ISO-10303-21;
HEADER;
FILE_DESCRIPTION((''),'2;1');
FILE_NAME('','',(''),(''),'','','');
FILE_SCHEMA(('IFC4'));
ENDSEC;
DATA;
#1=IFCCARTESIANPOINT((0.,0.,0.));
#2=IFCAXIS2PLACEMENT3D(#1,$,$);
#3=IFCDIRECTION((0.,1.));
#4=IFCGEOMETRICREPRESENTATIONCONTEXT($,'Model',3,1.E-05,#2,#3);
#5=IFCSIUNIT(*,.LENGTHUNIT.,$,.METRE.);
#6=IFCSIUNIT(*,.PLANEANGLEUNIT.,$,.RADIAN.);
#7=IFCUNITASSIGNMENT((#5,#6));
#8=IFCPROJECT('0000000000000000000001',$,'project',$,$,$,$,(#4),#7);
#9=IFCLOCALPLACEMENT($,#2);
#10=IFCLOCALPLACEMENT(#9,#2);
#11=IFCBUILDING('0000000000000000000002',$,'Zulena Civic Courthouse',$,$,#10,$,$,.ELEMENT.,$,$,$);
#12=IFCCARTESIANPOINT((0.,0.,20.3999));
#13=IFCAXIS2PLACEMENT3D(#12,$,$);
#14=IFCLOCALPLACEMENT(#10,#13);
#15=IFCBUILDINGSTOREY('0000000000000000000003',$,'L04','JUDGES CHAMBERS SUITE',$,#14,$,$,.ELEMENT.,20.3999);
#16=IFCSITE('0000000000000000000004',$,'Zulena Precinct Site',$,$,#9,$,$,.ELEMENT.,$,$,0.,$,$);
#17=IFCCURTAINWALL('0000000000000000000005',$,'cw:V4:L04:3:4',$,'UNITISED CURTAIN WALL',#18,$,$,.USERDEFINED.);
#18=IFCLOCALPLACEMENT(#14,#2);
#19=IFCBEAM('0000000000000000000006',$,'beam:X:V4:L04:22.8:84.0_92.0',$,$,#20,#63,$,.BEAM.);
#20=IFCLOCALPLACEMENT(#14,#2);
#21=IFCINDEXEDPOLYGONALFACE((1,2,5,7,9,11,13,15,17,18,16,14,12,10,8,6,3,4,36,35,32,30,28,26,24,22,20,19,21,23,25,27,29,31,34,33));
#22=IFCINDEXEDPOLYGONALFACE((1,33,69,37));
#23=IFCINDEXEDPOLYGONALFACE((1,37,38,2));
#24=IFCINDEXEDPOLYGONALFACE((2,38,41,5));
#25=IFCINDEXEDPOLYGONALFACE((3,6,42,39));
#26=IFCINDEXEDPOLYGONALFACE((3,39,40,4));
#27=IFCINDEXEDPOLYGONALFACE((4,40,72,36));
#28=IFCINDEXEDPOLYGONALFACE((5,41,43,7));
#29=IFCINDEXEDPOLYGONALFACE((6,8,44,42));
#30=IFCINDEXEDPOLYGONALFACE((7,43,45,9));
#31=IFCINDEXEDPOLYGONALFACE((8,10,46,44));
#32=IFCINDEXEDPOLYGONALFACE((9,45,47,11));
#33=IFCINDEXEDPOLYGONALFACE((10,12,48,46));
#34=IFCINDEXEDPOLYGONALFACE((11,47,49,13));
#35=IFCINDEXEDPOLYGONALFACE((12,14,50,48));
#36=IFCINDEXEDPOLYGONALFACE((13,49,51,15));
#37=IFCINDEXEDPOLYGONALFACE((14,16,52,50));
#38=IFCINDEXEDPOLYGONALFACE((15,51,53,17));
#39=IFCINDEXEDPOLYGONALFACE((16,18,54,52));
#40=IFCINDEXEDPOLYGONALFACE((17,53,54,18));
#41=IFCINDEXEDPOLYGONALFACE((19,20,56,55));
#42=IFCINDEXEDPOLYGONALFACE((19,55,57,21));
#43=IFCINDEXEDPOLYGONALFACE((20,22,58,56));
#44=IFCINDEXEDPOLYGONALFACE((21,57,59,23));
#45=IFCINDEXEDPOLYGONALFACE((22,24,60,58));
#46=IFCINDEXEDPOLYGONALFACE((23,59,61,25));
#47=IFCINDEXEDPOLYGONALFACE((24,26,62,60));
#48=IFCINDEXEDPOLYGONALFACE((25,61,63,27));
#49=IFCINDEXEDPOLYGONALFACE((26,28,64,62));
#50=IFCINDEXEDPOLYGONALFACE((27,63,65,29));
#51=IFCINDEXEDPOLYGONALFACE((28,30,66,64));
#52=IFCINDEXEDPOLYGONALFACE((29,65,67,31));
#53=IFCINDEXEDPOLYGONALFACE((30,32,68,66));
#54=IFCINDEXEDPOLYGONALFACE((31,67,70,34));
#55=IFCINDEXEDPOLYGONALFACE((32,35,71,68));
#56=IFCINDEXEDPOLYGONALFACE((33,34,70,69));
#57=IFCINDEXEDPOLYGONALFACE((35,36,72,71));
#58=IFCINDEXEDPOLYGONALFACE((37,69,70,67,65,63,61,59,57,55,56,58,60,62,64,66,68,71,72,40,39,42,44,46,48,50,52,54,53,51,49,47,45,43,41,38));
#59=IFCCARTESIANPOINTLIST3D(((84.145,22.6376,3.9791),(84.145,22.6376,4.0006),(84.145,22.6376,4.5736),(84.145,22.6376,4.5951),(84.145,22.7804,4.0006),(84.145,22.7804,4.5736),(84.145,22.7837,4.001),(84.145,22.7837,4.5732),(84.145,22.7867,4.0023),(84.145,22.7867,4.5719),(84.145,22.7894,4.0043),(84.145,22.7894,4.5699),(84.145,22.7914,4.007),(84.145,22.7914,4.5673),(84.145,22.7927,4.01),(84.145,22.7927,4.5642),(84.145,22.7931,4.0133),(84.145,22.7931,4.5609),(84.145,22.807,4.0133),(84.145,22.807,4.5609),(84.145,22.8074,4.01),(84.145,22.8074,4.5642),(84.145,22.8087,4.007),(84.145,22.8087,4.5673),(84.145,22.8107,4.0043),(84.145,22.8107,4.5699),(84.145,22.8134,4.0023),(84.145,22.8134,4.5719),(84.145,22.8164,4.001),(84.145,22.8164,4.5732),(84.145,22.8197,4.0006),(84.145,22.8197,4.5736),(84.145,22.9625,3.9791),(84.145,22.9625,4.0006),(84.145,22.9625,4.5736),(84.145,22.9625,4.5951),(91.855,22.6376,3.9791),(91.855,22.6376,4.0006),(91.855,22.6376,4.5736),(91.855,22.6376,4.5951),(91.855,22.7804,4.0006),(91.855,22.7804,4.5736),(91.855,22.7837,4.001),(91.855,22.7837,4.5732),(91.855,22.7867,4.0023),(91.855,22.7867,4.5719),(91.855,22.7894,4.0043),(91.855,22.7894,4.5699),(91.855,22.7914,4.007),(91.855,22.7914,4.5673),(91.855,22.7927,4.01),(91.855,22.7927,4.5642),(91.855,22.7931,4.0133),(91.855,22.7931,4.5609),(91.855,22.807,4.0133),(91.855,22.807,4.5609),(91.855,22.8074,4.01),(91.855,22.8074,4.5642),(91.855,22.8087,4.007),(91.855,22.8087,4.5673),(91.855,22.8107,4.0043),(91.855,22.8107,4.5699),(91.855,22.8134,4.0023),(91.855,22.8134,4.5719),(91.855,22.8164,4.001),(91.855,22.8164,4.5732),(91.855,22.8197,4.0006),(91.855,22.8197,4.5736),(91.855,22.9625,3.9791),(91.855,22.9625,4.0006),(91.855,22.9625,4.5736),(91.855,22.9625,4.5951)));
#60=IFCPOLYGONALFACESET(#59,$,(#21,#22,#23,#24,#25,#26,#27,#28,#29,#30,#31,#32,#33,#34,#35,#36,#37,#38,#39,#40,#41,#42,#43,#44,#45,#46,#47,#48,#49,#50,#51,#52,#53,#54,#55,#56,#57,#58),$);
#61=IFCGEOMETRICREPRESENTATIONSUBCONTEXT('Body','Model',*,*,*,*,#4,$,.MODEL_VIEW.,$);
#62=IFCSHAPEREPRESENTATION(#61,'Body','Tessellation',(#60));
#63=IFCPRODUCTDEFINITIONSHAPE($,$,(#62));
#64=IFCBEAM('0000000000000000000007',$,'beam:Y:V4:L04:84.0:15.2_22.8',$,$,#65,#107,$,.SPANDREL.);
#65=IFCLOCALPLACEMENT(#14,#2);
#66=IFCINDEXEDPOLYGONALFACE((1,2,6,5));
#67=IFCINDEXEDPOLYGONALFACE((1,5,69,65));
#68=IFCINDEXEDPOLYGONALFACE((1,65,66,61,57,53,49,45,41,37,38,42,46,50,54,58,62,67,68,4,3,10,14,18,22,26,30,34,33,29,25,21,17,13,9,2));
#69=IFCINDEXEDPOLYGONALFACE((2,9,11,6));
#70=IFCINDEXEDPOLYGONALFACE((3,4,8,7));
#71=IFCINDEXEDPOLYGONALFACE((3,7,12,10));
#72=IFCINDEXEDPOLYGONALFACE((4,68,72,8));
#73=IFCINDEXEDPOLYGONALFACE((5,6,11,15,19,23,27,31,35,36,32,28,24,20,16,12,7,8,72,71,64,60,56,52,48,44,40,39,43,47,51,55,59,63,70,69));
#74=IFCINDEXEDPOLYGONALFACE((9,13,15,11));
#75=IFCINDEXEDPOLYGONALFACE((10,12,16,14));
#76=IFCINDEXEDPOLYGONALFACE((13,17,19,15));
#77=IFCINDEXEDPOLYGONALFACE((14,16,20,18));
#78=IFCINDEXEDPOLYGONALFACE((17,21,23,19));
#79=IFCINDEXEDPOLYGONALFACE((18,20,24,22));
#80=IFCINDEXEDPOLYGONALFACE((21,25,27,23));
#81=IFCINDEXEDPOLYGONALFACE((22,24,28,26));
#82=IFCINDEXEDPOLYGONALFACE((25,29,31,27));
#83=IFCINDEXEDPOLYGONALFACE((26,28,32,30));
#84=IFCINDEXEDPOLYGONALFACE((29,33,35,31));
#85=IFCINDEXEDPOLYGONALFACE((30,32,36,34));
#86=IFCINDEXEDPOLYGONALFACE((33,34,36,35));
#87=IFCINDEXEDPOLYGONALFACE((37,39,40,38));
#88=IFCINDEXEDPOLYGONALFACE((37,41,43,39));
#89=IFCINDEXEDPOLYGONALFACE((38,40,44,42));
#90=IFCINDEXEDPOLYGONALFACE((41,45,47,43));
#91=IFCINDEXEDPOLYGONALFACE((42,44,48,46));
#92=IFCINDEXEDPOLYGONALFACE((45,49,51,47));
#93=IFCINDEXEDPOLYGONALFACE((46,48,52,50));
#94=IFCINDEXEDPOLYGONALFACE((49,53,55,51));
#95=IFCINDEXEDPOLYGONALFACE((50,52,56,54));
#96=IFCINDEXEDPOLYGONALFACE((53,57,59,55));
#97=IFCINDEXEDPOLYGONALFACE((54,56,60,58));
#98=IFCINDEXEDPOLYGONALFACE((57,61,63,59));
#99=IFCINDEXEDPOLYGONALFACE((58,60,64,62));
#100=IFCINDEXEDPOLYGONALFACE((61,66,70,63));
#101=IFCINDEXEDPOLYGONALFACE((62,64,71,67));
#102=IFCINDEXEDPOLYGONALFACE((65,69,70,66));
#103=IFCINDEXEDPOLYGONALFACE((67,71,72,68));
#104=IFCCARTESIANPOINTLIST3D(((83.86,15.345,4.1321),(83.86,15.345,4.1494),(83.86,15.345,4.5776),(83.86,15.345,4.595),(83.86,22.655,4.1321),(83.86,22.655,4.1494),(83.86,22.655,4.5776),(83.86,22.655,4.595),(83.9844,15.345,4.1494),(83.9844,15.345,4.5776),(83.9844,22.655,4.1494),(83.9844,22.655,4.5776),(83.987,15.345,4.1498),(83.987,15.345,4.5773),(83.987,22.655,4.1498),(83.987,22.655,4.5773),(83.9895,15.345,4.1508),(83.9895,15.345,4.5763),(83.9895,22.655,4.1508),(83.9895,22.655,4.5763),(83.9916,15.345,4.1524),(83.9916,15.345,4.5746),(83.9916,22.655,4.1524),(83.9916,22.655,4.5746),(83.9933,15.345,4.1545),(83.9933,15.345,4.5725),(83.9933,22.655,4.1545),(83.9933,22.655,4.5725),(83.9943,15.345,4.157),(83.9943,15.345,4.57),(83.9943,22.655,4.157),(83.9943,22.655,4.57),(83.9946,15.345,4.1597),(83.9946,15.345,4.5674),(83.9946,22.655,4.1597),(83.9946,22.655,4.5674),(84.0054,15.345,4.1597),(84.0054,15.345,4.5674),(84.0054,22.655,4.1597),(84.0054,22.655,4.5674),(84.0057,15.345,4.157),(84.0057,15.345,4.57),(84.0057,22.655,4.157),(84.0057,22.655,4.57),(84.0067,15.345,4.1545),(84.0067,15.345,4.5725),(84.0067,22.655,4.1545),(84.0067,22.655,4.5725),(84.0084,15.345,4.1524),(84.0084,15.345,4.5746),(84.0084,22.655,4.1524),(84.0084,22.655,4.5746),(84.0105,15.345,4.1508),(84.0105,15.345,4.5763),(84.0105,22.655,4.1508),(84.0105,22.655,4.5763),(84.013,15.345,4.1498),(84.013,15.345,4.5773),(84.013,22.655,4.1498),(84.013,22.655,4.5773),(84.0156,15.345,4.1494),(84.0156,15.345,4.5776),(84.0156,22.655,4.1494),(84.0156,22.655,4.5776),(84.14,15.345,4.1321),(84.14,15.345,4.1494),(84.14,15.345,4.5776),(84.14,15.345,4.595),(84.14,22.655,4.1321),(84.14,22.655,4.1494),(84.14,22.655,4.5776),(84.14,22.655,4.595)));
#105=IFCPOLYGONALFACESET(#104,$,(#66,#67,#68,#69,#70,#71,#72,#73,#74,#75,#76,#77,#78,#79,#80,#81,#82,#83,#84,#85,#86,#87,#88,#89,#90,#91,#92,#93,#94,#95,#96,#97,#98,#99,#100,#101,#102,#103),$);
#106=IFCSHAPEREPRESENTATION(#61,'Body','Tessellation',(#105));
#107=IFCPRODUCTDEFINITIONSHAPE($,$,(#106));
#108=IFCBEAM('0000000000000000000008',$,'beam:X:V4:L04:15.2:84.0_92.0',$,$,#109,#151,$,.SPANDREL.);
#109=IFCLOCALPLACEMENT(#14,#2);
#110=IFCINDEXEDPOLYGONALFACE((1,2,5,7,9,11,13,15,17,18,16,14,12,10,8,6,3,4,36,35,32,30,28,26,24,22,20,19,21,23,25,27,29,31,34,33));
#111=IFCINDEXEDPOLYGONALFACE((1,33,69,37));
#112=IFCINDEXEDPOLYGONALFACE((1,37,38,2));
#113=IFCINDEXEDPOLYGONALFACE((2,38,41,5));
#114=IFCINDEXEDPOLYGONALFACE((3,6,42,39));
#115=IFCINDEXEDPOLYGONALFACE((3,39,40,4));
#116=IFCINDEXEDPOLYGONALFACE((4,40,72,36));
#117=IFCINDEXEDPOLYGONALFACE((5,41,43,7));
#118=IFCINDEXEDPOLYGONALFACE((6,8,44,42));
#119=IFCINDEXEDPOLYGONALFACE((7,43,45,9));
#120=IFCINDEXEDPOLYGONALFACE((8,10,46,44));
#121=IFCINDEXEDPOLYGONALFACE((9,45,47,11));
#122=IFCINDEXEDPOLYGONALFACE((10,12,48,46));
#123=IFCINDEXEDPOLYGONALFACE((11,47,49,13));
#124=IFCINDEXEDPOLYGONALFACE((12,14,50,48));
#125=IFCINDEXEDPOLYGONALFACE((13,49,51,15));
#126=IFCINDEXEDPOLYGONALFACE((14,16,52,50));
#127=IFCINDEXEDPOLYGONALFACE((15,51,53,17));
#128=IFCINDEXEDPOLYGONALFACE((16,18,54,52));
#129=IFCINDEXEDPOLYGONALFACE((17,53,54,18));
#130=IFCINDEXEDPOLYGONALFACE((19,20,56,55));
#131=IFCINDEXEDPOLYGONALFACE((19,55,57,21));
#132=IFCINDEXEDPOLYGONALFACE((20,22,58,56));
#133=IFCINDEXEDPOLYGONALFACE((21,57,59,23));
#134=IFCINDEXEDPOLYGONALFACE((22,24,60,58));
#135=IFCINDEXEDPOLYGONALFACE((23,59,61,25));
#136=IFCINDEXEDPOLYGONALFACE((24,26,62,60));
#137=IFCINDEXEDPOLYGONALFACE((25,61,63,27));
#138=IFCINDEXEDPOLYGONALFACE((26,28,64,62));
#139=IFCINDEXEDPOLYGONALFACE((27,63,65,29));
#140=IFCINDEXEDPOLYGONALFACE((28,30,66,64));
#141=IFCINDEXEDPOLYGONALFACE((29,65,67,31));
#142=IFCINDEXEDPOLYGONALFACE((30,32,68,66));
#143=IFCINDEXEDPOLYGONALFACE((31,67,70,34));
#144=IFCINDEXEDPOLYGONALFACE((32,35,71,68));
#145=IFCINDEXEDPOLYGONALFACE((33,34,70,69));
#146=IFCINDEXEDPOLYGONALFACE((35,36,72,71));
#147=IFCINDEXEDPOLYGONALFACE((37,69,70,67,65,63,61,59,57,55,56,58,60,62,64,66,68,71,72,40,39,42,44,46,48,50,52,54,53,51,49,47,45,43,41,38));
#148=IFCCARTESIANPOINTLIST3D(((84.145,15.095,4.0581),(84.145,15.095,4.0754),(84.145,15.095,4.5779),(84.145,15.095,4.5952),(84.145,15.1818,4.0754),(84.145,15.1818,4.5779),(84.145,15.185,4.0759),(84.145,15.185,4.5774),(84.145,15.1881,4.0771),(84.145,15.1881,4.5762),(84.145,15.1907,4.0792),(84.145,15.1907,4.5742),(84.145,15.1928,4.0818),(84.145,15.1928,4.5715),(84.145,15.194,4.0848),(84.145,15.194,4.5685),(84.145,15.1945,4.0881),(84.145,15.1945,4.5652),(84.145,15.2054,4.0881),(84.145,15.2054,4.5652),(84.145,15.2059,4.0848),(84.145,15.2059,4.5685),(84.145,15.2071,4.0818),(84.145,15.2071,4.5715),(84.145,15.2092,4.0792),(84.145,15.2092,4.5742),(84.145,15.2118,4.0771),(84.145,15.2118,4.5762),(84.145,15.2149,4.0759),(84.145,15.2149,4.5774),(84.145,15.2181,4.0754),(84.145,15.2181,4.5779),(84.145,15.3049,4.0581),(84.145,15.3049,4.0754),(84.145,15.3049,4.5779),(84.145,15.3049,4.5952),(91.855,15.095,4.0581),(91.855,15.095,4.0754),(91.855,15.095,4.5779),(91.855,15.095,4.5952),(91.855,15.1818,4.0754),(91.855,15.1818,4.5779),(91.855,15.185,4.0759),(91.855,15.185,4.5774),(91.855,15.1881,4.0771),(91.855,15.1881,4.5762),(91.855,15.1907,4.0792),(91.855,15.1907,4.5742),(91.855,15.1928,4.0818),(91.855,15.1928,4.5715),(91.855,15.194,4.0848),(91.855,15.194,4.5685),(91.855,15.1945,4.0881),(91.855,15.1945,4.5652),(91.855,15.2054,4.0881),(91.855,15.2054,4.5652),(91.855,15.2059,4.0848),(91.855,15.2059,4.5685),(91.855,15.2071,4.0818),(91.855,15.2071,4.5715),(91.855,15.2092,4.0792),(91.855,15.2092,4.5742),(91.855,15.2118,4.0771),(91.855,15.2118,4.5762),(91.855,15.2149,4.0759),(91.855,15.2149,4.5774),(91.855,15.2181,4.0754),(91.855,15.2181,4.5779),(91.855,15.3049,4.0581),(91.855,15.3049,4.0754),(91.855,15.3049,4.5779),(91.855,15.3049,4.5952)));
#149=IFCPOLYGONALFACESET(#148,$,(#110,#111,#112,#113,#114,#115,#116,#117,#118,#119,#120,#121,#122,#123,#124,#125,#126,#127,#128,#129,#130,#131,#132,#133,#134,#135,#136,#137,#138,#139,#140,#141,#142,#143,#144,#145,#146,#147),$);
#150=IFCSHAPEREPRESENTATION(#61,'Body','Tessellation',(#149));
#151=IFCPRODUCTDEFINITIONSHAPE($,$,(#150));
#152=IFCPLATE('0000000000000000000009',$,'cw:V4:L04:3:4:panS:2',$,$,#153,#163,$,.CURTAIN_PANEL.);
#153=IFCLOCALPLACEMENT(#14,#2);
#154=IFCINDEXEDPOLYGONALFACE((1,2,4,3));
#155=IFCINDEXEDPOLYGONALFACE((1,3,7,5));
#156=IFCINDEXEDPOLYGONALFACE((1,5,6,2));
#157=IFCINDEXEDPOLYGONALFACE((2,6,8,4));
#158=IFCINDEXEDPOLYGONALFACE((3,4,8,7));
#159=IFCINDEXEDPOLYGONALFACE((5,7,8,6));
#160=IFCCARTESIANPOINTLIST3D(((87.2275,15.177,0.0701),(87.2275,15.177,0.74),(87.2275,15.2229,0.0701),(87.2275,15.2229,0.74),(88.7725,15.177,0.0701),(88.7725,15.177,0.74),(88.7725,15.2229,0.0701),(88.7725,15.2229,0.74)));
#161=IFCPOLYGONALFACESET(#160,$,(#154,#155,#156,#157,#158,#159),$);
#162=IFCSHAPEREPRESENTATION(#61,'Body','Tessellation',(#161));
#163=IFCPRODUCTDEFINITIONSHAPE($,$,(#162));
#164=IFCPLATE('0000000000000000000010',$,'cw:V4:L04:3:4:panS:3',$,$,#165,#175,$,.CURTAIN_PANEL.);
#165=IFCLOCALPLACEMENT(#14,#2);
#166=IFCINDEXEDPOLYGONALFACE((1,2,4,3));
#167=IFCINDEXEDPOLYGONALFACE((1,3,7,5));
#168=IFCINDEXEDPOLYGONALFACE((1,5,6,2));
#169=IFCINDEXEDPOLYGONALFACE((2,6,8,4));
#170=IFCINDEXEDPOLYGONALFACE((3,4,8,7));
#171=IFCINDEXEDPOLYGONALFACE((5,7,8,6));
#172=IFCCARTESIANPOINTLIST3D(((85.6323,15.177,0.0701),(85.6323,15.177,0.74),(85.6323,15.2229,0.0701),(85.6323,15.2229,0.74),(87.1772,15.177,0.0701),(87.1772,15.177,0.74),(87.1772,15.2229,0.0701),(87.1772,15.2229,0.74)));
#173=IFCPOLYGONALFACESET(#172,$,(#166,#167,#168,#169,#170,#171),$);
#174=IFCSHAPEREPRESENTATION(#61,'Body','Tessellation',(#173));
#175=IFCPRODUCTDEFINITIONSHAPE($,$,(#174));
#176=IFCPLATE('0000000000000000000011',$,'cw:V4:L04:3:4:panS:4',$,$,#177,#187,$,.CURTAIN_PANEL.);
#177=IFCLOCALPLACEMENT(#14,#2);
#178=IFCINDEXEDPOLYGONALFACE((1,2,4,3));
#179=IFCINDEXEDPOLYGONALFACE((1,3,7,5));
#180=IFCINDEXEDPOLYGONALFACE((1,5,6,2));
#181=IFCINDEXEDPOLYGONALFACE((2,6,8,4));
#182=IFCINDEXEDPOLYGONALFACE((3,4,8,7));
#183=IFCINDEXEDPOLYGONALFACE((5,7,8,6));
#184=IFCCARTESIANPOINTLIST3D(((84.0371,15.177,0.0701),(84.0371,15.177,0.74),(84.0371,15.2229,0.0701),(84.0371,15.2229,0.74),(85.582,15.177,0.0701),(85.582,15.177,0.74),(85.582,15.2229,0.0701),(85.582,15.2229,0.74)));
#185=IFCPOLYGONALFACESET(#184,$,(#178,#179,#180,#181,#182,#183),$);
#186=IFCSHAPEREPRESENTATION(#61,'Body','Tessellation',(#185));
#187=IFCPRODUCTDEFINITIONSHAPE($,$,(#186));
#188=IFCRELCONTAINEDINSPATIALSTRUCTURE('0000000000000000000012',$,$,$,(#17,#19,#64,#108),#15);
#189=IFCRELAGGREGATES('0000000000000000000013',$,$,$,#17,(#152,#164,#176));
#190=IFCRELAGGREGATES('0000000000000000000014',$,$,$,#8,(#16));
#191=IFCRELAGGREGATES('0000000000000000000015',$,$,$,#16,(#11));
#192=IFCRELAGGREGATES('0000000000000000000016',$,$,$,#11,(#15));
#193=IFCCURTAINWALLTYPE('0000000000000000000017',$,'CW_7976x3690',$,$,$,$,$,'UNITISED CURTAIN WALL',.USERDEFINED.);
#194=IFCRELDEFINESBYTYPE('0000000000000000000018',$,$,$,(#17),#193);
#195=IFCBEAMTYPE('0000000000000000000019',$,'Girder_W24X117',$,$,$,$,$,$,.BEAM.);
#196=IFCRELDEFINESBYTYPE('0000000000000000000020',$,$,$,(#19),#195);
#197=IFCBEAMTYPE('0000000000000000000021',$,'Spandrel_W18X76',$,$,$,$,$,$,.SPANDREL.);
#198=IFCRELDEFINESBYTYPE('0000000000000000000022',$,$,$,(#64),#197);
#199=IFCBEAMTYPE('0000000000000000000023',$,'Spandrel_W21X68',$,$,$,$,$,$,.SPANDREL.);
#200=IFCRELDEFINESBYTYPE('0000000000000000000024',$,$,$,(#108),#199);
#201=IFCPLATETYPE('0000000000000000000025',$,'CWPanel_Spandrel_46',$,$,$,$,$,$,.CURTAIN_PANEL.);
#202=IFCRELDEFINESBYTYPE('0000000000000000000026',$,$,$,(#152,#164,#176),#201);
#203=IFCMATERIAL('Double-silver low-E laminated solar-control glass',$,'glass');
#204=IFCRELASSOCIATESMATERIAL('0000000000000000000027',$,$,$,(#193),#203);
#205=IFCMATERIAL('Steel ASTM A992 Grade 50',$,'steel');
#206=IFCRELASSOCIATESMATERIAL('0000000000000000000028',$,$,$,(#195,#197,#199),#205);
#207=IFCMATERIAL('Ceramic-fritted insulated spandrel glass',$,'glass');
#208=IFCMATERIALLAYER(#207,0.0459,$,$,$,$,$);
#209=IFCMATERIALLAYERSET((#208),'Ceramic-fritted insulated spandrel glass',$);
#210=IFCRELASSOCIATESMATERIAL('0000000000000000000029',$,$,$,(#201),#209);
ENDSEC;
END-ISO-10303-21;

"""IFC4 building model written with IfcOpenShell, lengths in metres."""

from ifc_helpers import new_model, si_unit, direction, frame, origin, origin_2d, place, context, subcontext, project, spatial, rectangle, i_section, extrude, material, layer, layer_set, material_profile, profile_set, type_object, element, aggregate, save


model = new_model("IFC4")

# Units and contexts
model_context = context("Model", 3, precision=1e-05, world=origin(), true_north=direction((0.0, 1.0)))
body_context = subcontext(model_context, "Body", "Model", "MODEL_VIEW")
ifc_project = project(units=[si_unit("LENGTHUNIT", "METRE"), si_unit("PLANEANGLEUNIT", "RADIAN")], contexts=[model_context])

# Site, building, storey
site_placement = place(None, origin())
site = spatial("IfcSite", under=ifc_project, at=site_placement, Name="Zulena Precinct Site", CompositionType="ELEMENT", RefElevation=0.0)
building_placement = place(site_placement, origin())
building = spatial("IfcBuilding", under=site, at=building_placement, Name="Zulena Civic Courthouse", CompositionType="ELEMENT")
storey_placement = place(building_placement, frame((0.0, 0.0, 20.3999)))
storey = spatial("IfcBuildingStorey", under=building, at=storey_placement, Name="L04", Description="JUDGES CHAMBERS SUITE", CompositionType="ELEMENT", Elevation=20.3999)

# Shared definitions
ifc_material_1 = material(Name="Steel ASTM A992 Grade 50", Category="steel")

# Curtain wall
ifc_material_2 = material(Name="Double-silver low-E laminated solar-control glass", Category="glass")
curtain_wall_type = type_object("IfcCurtainWallType", Name="CW_7976x3690", ElementType="UNITISED CURTAIN WALL", PredefinedType="USERDEFINED", material=ifc_material_2)
curtain_wall_placement = place(storey_placement, origin())
curtain_wall = element("IfcCurtainWall", 1, at=curtain_wall_placement, inside=storey, type_object=curtain_wall_type, Name="cw:V4:L04:3:4", ObjectType="UNITISED CURTAIN WALL", PredefinedType="USERDEFINED")

# Beams
ifc_material_profile_1 = material_profile(ifc_material_1, i_section(OverallWidth=0.325, OverallDepth=0.616, WebThickness=0.0139, FlangeThickness=0.0215, FilletRadius=0.0127, at=origin_2d()), Name="W24X117")
ifc_profile_set_1 = profile_set([ifc_material_profile_1], Name="Steel ASTM A992 Grade 50")
beam_type_1 = type_object("IfcBeamType", Name="Girder_W24X117", PredefinedType="BEAM", material=ifc_profile_set_1)
beam_1_placement = place(storey_placement, frame((84.145, 22.8, 4.2871), z_axis=(1.0, 0.0, 0.0), x_axis=(0.0, 1.0, 0.0)))
element("IfcBeam", 2, at=beam_1_placement, inside=storey, type_object=beam_type_1, Name="beam:X:V4:L04:22.8:84.0_92.0", PredefinedType="BEAM", context=body_context, shape_type="SweptSolid", body=[
    extrude(i_section(OverallWidth=0.325, OverallDepth=0.616, WebThickness=0.0139, FlangeThickness=0.0215, FilletRadius=0.0127, at=origin_2d()), origin(), (0.0, 0.0, 1.0), 7.71),
])
ifc_material_profile_2 = material_profile(ifc_material_1, i_section(OverallWidth=0.28, OverallDepth=0.4629, WebThickness=0.0107, FlangeThickness=0.0173, FilletRadius=0.0103, at=origin_2d()), Name="W18X76")
ifc_profile_set_2 = profile_set([ifc_material_profile_2], Name="Steel ASTM A992 Grade 50")
beam_type_2 = type_object("IfcBeamType", Name="Spandrel_W18X76", PredefinedType="SPANDREL", material=ifc_profile_set_2)
beam_2_placement = place(storey_placement, frame((84.0, 15.345, 4.3635), z_axis=(0.0, 1.0, 0.0), x_axis=(-1.0, 0.0, 0.0)))
element("IfcBeam", 3, at=beam_2_placement, inside=storey, type_object=beam_type_2, Name="beam:Y:V4:L04:84.0:15.2_22.8", PredefinedType="SPANDREL", context=body_context, shape_type="SweptSolid", body=[
    extrude(i_section(OverallWidth=0.28, OverallDepth=0.4629, WebThickness=0.0107, FlangeThickness=0.0173, FilletRadius=0.0103, at=origin_2d()), origin(), (0.0, 0.0, 1.0), 7.3101),
])
ifc_material_profile_3 = material_profile(ifc_material_1, i_section(OverallWidth=0.21, OverallDepth=0.5371, WebThickness=0.011, FlangeThickness=0.0173, FilletRadius=0.0127, at=origin_2d()), Name="W21X68")
ifc_profile_set_3 = profile_set([ifc_material_profile_3], Name="Steel ASTM A992 Grade 50")
beam_type_3 = type_object("IfcBeamType", Name="Spandrel_W21X68", PredefinedType="SPANDREL", material=ifc_profile_set_3)
beam_3_placement = place(storey_placement, frame((84.145, 15.2, 4.3267), z_axis=(1.0, 0.0, 0.0), x_axis=(0.0, 1.0, 0.0)))
element("IfcBeam", 4, at=beam_3_placement, inside=storey, type_object=beam_type_3, Name="beam:X:V4:L04:15.2:84.0_92.0", PredefinedType="SPANDREL", context=body_context, shape_type="SweptSolid", body=[
    extrude(i_section(OverallWidth=0.21, OverallDepth=0.5371, WebThickness=0.011, FlangeThickness=0.0173, FilletRadius=0.0127, at=origin_2d()), origin(), (0.0, 0.0, 1.0), 7.71),
])

# Plates
ifc_material_3 = material(Name="Ceramic-fritted insulated spandrel glass", Category="glass")
ifc_layer_1 = layer(ifc_material_3, 0.0459)
ifc_layer_set_1 = layer_set([ifc_layer_1], Name="Ceramic-fritted insulated spandrel glass")
plate_type_1 = type_object("IfcPlateType", Name="CWPanel_Spandrel_46", PredefinedType="CURTAIN_PANEL", material=ifc_layer_set_1)
plate_1_placement = place(storey_placement, frame((88.0, 15.2, 0.0701), z_axis=(0.0, 0.0, 1.0), x_axis=(-1.0, 0.0, 0.0)))
plate_1 = element("IfcPlate", 5, at=plate_1_placement, type_object=plate_type_1, Name="cw:V4:L04:3:4:panS:2", PredefinedType="CURTAIN_PANEL", context=body_context, shape_type="SweptSolid", body=[
    extrude(rectangle(XDim=1.5449, YDim=0.0459, at=origin_2d()), origin(), (0.0, 0.0, 1.0), 0.6699),
])
plate_2_placement = place(storey_placement, frame((86.4048, 15.2, 0.0701), z_axis=(0.0, 0.0, 1.0), x_axis=(-1.0, 0.0, 0.0)))
plate_2 = element("IfcPlate", 6, at=plate_2_placement, type_object=plate_type_1, Name="cw:V4:L04:3:4:panS:3", PredefinedType="CURTAIN_PANEL", context=body_context, shape_type="SweptSolid", body=[
    extrude(rectangle(XDim=1.5449, YDim=0.0459, at=origin_2d()), origin(), (0.0, 0.0, 1.0), 0.6699),
])
plate_3_placement = place(storey_placement, frame((84.8096, 15.2, 0.0701), z_axis=(0.0, 0.0, 1.0), x_axis=(-1.0, 0.0, 0.0)))
plate_3 = element("IfcPlate", 7, at=plate_3_placement, type_object=plate_type_1, Name="cw:V4:L04:3:4:panS:4", PredefinedType="CURTAIN_PANEL", context=body_context, shape_type="SweptSolid", body=[
    extrude(rectangle(XDim=1.5449, YDim=0.0459, at=origin_2d()), origin(), (0.0, 0.0, 1.0), 0.6699),
])
aggregate(curtain_wall, [plate_1, plate_2, plate_3])

save(model, "model.ifc")
